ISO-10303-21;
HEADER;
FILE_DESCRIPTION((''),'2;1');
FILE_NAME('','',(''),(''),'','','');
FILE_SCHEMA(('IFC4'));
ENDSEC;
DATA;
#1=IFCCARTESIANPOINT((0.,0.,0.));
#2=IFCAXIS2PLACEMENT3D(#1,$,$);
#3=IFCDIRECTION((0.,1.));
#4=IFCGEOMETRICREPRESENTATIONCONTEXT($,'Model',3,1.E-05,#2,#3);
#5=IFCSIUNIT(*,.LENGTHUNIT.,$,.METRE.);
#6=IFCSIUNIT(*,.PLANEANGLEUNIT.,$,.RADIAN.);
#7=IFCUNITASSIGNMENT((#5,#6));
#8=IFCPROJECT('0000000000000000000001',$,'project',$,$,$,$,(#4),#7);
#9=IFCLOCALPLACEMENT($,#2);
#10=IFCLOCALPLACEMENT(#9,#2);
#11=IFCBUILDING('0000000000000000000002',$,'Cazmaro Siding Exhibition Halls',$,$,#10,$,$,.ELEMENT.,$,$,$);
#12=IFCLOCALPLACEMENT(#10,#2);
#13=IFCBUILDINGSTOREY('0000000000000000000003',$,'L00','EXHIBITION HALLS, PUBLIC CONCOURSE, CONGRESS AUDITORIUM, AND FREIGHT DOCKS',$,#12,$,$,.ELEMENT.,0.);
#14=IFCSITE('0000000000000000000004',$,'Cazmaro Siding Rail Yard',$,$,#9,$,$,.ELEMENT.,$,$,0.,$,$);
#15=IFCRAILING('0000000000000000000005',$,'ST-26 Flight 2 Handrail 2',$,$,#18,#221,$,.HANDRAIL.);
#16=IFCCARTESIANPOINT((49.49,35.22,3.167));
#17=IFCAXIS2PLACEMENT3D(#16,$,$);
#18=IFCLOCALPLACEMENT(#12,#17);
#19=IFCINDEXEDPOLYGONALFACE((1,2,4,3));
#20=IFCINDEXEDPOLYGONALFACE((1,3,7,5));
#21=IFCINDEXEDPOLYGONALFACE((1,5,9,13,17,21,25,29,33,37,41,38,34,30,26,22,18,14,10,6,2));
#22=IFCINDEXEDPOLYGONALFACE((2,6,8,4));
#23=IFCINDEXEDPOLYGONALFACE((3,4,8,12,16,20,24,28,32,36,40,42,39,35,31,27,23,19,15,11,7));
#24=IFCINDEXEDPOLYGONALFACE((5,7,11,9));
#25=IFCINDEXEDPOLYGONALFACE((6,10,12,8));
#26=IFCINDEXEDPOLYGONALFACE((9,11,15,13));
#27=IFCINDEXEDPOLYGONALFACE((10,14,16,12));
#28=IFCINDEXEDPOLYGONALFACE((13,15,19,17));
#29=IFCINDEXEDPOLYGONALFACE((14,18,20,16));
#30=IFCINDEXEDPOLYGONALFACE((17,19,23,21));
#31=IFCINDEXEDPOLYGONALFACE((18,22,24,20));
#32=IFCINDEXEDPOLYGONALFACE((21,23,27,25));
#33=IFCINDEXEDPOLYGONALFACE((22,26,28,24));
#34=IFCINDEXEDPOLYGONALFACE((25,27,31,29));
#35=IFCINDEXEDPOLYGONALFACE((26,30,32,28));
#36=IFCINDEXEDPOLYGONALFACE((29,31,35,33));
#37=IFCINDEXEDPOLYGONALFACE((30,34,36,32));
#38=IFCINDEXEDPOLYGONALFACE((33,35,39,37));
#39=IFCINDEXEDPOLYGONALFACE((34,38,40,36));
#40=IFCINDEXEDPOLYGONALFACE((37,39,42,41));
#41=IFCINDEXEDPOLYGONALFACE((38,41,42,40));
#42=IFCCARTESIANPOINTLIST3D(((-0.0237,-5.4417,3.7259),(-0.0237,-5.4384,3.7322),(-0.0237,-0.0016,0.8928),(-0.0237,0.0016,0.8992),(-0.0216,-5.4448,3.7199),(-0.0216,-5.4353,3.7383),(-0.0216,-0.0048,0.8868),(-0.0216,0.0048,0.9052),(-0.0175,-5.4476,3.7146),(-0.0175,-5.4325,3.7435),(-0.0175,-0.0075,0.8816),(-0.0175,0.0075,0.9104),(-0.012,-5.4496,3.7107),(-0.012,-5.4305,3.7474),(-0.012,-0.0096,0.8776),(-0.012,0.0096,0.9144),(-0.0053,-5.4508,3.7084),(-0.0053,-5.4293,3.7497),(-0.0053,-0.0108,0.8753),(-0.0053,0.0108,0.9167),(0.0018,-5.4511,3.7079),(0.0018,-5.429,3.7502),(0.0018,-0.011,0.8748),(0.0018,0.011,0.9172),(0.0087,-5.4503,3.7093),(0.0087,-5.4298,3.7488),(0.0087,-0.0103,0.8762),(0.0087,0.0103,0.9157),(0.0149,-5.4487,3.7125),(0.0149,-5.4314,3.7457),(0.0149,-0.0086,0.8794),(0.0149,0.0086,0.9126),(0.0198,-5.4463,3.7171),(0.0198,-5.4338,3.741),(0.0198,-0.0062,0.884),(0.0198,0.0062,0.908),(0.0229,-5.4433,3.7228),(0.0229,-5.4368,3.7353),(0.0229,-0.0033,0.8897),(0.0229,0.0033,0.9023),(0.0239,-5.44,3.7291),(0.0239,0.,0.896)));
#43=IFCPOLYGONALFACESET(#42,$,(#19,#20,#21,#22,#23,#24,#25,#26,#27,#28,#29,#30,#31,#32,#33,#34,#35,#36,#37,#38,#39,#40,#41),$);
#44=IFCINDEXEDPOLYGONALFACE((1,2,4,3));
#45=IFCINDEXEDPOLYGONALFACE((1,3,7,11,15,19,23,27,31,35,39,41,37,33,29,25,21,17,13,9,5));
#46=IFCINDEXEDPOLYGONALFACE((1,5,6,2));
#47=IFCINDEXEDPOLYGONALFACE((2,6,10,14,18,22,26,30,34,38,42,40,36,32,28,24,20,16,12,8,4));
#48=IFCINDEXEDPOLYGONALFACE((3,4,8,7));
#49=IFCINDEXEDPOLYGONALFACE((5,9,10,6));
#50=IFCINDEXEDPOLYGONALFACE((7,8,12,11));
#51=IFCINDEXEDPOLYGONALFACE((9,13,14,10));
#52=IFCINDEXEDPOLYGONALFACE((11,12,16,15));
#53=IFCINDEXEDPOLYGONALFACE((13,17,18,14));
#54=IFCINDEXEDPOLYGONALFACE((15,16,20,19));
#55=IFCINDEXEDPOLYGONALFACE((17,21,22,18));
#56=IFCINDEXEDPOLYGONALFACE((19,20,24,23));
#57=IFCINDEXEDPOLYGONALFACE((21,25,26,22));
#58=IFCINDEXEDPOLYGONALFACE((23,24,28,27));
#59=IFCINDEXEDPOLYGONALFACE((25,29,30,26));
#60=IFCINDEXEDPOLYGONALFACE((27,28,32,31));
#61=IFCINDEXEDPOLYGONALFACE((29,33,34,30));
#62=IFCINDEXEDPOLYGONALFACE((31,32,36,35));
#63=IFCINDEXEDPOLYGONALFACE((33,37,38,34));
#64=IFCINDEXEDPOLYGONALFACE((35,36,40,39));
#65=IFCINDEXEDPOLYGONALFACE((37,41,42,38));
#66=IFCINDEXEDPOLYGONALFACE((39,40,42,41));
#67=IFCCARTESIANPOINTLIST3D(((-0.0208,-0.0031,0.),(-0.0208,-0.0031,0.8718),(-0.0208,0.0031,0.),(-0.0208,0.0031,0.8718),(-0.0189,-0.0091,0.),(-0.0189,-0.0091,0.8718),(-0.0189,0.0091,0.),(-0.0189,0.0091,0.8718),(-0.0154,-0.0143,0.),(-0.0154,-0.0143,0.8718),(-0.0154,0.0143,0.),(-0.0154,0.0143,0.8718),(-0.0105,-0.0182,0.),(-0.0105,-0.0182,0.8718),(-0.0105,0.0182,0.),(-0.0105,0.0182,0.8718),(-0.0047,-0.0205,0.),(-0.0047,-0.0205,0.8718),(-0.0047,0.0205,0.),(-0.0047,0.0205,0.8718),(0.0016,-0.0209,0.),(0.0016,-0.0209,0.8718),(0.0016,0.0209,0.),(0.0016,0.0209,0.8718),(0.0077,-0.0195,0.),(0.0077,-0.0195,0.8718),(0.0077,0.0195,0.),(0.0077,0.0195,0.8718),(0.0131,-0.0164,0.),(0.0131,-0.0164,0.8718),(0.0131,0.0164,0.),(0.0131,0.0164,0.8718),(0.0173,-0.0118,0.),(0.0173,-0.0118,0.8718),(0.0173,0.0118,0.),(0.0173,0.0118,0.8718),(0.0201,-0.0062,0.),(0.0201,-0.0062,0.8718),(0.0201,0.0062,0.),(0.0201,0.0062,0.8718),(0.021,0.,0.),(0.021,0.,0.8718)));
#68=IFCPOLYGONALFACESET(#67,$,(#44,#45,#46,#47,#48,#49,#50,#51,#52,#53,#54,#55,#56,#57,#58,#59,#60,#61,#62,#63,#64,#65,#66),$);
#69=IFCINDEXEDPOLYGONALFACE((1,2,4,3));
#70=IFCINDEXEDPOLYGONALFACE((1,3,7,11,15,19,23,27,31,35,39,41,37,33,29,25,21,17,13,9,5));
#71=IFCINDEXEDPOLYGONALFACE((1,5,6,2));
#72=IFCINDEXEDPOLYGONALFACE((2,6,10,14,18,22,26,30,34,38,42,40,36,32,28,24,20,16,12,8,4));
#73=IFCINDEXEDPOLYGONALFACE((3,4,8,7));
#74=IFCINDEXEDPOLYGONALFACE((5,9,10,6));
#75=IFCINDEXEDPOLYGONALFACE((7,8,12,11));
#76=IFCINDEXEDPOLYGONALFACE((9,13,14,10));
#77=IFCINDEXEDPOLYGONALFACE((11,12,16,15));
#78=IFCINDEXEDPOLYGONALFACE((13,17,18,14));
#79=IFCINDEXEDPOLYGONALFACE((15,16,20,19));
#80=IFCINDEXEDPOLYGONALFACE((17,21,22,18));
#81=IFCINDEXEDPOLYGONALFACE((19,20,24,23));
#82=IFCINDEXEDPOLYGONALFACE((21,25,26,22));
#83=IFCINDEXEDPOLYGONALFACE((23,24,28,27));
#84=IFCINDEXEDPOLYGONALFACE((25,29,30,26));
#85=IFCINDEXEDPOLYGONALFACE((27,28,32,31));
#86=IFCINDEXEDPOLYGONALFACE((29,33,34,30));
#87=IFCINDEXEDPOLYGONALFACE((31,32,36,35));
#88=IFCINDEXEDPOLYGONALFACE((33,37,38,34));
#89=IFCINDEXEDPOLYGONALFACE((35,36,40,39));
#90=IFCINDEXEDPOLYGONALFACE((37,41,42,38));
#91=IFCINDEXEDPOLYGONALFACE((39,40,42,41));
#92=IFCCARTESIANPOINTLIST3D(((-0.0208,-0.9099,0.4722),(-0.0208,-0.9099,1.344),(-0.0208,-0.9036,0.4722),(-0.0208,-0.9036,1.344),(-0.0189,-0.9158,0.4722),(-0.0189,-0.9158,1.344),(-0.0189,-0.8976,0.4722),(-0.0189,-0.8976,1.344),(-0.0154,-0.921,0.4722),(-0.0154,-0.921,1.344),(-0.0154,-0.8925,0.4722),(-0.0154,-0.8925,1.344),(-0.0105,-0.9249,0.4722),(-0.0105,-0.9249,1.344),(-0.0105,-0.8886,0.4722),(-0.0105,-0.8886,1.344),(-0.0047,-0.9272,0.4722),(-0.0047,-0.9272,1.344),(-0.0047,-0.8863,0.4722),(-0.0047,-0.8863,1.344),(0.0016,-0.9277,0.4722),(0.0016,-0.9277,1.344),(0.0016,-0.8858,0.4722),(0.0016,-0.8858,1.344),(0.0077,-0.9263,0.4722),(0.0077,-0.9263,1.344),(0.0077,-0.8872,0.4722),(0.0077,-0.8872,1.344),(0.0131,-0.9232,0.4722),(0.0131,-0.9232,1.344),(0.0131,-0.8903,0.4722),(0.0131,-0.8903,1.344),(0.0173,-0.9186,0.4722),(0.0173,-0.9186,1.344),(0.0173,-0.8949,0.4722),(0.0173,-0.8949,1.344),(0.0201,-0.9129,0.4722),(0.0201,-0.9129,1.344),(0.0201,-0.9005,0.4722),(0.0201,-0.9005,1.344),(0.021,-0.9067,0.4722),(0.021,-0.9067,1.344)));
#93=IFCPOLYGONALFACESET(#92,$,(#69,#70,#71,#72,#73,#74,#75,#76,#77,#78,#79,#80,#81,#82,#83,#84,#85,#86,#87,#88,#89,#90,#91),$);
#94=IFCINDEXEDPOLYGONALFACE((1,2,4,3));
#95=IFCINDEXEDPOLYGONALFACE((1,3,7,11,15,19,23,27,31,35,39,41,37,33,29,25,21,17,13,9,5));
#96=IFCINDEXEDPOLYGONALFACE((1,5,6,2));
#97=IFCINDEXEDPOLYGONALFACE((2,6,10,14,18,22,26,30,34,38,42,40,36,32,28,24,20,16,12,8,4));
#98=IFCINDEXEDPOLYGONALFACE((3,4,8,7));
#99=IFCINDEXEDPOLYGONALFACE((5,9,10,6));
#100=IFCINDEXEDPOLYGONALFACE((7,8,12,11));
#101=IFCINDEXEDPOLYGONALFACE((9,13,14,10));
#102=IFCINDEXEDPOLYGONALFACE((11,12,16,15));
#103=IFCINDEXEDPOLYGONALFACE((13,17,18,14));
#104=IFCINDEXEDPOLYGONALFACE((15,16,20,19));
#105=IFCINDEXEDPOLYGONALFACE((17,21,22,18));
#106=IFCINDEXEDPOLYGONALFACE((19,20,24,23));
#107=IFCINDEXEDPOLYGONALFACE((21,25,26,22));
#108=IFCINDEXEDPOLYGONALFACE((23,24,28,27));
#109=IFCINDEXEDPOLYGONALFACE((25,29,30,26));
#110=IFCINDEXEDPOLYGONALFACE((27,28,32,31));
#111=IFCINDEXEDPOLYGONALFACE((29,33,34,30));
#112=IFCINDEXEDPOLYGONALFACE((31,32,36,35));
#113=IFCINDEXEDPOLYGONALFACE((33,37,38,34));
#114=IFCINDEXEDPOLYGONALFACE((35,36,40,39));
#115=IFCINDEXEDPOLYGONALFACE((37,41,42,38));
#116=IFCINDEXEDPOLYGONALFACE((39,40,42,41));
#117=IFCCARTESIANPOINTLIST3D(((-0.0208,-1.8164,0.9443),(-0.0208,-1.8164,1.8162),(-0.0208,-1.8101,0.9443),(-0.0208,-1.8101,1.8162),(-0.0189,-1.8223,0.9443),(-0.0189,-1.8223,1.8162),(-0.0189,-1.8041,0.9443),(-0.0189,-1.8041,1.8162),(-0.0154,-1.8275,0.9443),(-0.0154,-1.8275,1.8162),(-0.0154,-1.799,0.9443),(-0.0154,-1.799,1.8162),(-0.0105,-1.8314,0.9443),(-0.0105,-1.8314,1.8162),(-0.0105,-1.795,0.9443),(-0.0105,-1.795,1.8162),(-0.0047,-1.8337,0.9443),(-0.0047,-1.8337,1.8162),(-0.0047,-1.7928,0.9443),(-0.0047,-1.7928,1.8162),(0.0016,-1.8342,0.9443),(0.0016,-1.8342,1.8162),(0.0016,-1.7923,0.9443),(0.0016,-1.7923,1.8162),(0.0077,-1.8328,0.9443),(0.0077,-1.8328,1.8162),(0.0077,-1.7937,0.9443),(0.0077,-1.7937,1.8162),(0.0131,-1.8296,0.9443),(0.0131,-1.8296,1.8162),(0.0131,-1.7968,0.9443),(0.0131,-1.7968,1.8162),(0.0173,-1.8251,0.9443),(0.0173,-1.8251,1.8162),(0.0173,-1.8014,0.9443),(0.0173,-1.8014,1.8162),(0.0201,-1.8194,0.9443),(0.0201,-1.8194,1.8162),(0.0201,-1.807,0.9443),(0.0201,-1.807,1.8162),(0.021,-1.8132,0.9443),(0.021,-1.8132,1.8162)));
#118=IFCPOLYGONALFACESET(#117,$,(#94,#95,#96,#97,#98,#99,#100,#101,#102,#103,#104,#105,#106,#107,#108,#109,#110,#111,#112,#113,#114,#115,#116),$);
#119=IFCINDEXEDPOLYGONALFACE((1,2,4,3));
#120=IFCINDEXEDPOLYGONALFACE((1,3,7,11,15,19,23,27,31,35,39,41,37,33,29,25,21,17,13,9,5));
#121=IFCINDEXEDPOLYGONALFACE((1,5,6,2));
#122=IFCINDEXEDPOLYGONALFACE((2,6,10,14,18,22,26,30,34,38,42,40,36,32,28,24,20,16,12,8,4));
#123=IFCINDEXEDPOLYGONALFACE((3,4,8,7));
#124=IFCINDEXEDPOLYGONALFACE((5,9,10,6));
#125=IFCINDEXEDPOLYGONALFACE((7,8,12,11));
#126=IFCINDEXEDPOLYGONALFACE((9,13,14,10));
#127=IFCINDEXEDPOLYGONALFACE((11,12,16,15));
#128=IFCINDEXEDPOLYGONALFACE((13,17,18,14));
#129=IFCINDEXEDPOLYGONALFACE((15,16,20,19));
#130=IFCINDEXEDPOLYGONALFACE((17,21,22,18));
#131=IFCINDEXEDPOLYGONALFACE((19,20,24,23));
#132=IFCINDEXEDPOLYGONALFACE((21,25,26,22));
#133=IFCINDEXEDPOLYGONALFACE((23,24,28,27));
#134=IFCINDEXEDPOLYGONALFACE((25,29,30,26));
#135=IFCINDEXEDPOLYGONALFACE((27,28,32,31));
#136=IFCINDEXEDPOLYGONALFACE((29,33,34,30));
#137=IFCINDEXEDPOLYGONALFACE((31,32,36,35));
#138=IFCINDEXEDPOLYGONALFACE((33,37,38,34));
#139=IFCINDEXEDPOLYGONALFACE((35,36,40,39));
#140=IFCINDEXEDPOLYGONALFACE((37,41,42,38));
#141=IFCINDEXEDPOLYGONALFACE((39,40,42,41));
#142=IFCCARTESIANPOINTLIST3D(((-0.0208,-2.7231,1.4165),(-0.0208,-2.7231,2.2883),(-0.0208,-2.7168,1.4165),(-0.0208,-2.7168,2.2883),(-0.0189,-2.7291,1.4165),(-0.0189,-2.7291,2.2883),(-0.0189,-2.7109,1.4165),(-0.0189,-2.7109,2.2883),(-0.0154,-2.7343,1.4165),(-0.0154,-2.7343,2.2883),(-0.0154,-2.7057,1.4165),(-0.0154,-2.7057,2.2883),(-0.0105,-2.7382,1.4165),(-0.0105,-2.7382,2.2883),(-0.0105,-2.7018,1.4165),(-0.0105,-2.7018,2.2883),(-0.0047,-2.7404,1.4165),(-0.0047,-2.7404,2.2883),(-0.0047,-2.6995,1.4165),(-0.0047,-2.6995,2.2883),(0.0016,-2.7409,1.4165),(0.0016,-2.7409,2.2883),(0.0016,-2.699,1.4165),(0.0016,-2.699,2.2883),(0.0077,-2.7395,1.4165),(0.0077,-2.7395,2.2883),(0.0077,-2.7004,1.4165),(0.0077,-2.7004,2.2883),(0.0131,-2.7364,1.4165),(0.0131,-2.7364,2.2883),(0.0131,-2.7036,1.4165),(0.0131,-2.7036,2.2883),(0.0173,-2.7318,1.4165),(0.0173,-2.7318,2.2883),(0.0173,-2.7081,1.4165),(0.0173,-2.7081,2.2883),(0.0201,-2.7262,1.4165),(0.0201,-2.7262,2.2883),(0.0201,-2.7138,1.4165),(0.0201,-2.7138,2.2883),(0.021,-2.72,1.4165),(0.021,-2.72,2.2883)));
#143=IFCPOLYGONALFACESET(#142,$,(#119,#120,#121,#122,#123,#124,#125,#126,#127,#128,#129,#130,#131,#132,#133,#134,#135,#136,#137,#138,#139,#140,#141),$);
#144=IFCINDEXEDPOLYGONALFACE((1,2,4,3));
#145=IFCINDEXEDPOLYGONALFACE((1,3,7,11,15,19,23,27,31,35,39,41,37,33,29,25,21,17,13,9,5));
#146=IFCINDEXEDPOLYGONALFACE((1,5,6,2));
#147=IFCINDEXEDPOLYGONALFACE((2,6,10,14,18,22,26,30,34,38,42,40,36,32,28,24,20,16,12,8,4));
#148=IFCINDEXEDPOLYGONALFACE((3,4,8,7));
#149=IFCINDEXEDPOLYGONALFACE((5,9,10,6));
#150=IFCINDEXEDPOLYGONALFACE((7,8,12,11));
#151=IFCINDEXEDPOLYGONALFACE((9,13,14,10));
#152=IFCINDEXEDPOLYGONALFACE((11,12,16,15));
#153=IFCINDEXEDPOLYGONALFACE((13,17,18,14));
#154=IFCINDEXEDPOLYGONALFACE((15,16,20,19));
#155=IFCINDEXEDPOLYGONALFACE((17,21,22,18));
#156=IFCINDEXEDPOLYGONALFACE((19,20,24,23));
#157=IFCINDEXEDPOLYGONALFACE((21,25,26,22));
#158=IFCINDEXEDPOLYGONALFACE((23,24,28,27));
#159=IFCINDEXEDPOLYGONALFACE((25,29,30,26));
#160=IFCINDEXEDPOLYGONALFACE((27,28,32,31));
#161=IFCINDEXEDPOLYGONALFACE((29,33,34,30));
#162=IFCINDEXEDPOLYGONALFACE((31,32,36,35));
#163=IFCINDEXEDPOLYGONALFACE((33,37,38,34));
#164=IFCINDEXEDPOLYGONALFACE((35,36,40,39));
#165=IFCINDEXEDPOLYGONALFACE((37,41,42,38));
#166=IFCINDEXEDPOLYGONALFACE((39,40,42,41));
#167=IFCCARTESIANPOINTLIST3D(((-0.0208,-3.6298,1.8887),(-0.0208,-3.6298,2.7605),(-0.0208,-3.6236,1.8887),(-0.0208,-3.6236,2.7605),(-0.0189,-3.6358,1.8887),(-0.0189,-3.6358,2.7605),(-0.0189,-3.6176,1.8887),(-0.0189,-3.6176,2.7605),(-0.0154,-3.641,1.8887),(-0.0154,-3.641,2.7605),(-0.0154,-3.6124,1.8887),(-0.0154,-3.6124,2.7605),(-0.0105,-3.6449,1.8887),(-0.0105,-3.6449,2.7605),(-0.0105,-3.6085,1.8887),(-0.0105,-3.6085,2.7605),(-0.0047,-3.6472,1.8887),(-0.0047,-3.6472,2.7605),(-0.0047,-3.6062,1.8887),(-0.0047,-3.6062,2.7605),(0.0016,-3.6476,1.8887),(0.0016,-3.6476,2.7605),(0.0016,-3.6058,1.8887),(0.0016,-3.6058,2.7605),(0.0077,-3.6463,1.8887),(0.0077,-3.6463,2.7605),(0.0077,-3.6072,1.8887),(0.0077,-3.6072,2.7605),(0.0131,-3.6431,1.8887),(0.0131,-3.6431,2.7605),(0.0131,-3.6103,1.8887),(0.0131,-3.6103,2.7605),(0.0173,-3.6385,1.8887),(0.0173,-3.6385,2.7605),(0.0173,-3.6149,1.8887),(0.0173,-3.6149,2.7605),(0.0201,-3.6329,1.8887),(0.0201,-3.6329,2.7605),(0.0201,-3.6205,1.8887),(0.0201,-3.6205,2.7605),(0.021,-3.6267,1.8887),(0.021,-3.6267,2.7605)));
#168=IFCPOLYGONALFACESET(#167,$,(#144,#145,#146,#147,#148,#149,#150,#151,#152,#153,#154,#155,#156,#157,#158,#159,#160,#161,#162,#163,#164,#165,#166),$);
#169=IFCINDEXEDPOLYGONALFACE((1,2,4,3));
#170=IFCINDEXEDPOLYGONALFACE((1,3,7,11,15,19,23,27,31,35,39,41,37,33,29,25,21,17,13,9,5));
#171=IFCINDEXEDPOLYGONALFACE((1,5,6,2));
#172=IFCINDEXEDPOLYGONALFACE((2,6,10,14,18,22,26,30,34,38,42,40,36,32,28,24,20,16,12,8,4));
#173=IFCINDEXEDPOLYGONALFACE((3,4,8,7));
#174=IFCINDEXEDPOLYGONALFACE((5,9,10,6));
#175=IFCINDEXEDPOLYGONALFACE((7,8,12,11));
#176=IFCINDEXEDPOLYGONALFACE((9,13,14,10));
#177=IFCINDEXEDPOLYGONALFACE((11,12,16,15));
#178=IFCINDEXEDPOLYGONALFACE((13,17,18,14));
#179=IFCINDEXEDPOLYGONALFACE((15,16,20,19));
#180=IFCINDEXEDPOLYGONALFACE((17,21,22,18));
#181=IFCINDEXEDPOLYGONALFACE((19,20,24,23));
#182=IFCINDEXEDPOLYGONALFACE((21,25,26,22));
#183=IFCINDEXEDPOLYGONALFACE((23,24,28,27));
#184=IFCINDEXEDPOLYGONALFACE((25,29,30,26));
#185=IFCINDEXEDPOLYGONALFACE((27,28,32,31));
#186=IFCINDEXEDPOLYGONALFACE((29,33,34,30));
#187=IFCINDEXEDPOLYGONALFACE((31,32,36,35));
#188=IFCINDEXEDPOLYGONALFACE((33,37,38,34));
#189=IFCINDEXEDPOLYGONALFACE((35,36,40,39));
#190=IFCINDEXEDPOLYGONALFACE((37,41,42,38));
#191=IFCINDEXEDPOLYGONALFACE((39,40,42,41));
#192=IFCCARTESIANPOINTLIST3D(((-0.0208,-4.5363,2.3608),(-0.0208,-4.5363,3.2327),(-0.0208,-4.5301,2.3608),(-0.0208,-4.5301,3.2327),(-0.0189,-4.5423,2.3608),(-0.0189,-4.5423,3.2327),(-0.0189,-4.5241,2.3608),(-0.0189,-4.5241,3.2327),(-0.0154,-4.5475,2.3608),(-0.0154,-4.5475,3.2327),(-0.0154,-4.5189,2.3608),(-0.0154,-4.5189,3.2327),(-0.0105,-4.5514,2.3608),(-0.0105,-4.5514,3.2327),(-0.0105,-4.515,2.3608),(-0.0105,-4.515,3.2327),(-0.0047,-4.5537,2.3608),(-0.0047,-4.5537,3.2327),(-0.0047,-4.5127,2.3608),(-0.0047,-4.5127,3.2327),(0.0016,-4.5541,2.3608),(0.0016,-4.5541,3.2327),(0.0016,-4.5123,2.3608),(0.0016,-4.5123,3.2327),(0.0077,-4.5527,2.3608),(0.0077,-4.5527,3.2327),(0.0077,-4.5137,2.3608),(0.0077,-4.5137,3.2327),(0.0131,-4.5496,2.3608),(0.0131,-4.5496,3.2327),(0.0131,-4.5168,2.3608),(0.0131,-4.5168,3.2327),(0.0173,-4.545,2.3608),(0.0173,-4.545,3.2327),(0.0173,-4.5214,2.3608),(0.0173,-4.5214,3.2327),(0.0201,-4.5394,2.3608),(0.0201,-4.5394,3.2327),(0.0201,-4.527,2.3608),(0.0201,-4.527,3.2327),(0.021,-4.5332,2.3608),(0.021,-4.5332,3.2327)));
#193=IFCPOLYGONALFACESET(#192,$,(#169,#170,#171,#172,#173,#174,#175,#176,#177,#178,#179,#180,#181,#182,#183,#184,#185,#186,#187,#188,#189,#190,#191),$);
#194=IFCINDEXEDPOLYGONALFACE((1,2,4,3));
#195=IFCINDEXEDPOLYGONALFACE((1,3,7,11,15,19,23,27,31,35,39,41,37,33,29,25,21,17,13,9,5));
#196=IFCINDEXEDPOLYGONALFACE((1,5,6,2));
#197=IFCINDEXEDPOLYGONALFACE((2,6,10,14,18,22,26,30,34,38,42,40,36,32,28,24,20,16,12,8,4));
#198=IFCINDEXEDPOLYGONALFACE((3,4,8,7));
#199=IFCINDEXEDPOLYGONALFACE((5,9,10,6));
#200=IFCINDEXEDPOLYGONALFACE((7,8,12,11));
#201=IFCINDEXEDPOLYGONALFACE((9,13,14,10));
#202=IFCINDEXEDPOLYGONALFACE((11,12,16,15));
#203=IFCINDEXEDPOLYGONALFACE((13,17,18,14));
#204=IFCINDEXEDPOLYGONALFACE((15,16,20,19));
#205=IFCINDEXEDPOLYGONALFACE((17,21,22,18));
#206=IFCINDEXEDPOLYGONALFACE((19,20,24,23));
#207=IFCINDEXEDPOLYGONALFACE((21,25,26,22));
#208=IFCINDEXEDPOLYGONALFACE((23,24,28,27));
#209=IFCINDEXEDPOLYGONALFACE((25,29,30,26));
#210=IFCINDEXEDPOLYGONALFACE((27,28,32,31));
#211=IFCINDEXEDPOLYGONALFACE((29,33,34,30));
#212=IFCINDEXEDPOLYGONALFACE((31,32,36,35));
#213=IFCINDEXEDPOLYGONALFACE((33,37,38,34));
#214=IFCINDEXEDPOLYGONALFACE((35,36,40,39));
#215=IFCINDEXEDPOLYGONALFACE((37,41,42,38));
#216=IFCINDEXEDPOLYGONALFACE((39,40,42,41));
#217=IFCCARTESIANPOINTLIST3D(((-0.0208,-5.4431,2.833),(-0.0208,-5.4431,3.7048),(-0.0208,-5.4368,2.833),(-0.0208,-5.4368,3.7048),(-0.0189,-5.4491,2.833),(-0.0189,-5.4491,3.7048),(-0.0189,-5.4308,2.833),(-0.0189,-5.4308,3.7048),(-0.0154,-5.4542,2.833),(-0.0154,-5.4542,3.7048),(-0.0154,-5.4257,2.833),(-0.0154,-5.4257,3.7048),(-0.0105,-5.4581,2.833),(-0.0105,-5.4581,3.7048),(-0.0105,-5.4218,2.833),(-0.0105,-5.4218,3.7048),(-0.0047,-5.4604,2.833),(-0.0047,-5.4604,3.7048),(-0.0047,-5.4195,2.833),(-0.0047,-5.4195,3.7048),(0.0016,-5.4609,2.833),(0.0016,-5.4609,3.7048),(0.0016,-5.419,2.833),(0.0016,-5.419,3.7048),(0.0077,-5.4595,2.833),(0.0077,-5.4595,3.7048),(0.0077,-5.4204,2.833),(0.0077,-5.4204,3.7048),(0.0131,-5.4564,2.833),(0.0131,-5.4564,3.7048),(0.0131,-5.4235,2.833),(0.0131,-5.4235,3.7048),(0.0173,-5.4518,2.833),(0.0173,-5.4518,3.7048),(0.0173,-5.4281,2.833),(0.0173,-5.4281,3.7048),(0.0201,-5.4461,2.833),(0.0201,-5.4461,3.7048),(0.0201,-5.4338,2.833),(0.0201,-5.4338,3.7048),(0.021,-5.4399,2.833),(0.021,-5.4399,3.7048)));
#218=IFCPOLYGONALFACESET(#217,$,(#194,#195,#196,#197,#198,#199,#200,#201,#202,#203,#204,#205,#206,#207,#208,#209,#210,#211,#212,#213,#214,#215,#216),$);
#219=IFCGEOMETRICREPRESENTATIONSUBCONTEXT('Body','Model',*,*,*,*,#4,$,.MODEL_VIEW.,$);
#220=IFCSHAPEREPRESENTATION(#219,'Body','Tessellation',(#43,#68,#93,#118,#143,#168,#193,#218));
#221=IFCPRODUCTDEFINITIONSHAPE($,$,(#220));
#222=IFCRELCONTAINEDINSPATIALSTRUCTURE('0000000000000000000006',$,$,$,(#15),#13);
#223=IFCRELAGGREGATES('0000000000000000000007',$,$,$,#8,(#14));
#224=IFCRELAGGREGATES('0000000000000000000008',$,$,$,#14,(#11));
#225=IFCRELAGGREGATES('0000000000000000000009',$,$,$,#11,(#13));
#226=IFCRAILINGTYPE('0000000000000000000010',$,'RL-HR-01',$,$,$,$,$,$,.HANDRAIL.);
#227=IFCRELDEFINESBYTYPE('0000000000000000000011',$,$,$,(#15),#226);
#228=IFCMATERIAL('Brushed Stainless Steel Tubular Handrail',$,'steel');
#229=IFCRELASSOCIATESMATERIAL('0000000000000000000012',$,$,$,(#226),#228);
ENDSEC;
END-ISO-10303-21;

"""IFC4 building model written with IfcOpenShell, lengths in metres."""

from ifc_helpers import new_model, si_unit, direction, frame, origin, origin_2d, place, context, subcontext, project, spatial, circle, extrude, material, type_object, element, save


model = new_model("IFC4")

# Units and contexts
model_context = context("Model", 3, precision=1e-05, world=origin(), true_north=direction((0.0, 1.0)))
body_context = subcontext(model_context, "Body", "Model", "MODEL_VIEW")
ifc_project = project(units=[si_unit("LENGTHUNIT", "METRE"), si_unit("PLANEANGLEUNIT", "RADIAN")], contexts=[model_context])

# Site, building, storey
site_placement = place(None, origin())
site = spatial("IfcSite", under=ifc_project, at=site_placement, Name="Cazmaro Siding Rail Yard", CompositionType="ELEMENT", RefElevation=0.0)
building_placement = place(site_placement, origin())
building = spatial("IfcBuilding", under=site, at=building_placement, Name="Cazmaro Siding Exhibition Halls", CompositionType="ELEMENT")
storey_placement = place(building_placement, origin())
storey = spatial("IfcBuildingStorey", under=building, at=storey_placement, Name="L00", Description="EXHIBITION HALLS, PUBLIC CONCOURSE, CONGRESS AUDITORIUM, AND FREIGHT DOCKS", CompositionType="ELEMENT", Elevation=0.0)

# Railing
ifc_material_1 = material(Name="Brushed Stainless Steel Tubular Handrail", Category="steel")
railing_type_1 = type_object("IfcRailingType", Name="RL-HR-01", PredefinedType="HANDRAIL", material=ifc_material_1)
railing_1_placement = place(storey_placement, frame((49.49, 35.22, 3.167)))
element("IfcRailing", 1, at=railing_1_placement, inside=storey, type_object=railing_type_1, Name="ST-26 Flight 2 Handrail 2", PredefinedType="HANDRAIL", context=body_context, shape_type="SweptSolid", body=[
    extrude(circle(Radius=0.0239, at=origin_2d()), frame((0.0, 0.0, 0.896), z_axis=(0.0, -0.886934, 0.461897), x_axis=(1.0, 0.0, 0.0)), (0.0, 0.0, 1.0), 6.1335),
    extrude(circle(Radius=0.021, at=origin_2d()), origin(), (0.0, 0.0, 1.0), 0.8718),
    extrude(circle(Radius=0.021, at=origin_2d()), frame((0.0, -0.9067, 0.4722)), (0.0, 0.0, 1.0), 0.8718),
    extrude(circle(Radius=0.021, at=origin_2d()), frame((0.0, -1.8132, 0.9443)), (0.0, 0.0, 1.0), 0.8718),
    extrude(circle(Radius=0.021, at=origin_2d()), frame((0.0, -2.72, 1.4165)), (0.0, 0.0, 1.0), 0.8718),
    extrude(circle(Radius=0.021, at=origin_2d()), frame((0.0, -3.6267, 1.8887)), (0.0, 0.0, 1.0), 0.8718),
    extrude(circle(Radius=0.021, at=origin_2d()), frame((0.0, -4.5332, 2.3608)), (0.0, 0.0, 1.0), 0.8718),
    extrude(circle(Radius=0.021, at=origin_2d()), frame((0.0, -5.4399, 2.833)), (0.0, 0.0, 1.0), 0.8718),
])

save(model, "model.ifc")
